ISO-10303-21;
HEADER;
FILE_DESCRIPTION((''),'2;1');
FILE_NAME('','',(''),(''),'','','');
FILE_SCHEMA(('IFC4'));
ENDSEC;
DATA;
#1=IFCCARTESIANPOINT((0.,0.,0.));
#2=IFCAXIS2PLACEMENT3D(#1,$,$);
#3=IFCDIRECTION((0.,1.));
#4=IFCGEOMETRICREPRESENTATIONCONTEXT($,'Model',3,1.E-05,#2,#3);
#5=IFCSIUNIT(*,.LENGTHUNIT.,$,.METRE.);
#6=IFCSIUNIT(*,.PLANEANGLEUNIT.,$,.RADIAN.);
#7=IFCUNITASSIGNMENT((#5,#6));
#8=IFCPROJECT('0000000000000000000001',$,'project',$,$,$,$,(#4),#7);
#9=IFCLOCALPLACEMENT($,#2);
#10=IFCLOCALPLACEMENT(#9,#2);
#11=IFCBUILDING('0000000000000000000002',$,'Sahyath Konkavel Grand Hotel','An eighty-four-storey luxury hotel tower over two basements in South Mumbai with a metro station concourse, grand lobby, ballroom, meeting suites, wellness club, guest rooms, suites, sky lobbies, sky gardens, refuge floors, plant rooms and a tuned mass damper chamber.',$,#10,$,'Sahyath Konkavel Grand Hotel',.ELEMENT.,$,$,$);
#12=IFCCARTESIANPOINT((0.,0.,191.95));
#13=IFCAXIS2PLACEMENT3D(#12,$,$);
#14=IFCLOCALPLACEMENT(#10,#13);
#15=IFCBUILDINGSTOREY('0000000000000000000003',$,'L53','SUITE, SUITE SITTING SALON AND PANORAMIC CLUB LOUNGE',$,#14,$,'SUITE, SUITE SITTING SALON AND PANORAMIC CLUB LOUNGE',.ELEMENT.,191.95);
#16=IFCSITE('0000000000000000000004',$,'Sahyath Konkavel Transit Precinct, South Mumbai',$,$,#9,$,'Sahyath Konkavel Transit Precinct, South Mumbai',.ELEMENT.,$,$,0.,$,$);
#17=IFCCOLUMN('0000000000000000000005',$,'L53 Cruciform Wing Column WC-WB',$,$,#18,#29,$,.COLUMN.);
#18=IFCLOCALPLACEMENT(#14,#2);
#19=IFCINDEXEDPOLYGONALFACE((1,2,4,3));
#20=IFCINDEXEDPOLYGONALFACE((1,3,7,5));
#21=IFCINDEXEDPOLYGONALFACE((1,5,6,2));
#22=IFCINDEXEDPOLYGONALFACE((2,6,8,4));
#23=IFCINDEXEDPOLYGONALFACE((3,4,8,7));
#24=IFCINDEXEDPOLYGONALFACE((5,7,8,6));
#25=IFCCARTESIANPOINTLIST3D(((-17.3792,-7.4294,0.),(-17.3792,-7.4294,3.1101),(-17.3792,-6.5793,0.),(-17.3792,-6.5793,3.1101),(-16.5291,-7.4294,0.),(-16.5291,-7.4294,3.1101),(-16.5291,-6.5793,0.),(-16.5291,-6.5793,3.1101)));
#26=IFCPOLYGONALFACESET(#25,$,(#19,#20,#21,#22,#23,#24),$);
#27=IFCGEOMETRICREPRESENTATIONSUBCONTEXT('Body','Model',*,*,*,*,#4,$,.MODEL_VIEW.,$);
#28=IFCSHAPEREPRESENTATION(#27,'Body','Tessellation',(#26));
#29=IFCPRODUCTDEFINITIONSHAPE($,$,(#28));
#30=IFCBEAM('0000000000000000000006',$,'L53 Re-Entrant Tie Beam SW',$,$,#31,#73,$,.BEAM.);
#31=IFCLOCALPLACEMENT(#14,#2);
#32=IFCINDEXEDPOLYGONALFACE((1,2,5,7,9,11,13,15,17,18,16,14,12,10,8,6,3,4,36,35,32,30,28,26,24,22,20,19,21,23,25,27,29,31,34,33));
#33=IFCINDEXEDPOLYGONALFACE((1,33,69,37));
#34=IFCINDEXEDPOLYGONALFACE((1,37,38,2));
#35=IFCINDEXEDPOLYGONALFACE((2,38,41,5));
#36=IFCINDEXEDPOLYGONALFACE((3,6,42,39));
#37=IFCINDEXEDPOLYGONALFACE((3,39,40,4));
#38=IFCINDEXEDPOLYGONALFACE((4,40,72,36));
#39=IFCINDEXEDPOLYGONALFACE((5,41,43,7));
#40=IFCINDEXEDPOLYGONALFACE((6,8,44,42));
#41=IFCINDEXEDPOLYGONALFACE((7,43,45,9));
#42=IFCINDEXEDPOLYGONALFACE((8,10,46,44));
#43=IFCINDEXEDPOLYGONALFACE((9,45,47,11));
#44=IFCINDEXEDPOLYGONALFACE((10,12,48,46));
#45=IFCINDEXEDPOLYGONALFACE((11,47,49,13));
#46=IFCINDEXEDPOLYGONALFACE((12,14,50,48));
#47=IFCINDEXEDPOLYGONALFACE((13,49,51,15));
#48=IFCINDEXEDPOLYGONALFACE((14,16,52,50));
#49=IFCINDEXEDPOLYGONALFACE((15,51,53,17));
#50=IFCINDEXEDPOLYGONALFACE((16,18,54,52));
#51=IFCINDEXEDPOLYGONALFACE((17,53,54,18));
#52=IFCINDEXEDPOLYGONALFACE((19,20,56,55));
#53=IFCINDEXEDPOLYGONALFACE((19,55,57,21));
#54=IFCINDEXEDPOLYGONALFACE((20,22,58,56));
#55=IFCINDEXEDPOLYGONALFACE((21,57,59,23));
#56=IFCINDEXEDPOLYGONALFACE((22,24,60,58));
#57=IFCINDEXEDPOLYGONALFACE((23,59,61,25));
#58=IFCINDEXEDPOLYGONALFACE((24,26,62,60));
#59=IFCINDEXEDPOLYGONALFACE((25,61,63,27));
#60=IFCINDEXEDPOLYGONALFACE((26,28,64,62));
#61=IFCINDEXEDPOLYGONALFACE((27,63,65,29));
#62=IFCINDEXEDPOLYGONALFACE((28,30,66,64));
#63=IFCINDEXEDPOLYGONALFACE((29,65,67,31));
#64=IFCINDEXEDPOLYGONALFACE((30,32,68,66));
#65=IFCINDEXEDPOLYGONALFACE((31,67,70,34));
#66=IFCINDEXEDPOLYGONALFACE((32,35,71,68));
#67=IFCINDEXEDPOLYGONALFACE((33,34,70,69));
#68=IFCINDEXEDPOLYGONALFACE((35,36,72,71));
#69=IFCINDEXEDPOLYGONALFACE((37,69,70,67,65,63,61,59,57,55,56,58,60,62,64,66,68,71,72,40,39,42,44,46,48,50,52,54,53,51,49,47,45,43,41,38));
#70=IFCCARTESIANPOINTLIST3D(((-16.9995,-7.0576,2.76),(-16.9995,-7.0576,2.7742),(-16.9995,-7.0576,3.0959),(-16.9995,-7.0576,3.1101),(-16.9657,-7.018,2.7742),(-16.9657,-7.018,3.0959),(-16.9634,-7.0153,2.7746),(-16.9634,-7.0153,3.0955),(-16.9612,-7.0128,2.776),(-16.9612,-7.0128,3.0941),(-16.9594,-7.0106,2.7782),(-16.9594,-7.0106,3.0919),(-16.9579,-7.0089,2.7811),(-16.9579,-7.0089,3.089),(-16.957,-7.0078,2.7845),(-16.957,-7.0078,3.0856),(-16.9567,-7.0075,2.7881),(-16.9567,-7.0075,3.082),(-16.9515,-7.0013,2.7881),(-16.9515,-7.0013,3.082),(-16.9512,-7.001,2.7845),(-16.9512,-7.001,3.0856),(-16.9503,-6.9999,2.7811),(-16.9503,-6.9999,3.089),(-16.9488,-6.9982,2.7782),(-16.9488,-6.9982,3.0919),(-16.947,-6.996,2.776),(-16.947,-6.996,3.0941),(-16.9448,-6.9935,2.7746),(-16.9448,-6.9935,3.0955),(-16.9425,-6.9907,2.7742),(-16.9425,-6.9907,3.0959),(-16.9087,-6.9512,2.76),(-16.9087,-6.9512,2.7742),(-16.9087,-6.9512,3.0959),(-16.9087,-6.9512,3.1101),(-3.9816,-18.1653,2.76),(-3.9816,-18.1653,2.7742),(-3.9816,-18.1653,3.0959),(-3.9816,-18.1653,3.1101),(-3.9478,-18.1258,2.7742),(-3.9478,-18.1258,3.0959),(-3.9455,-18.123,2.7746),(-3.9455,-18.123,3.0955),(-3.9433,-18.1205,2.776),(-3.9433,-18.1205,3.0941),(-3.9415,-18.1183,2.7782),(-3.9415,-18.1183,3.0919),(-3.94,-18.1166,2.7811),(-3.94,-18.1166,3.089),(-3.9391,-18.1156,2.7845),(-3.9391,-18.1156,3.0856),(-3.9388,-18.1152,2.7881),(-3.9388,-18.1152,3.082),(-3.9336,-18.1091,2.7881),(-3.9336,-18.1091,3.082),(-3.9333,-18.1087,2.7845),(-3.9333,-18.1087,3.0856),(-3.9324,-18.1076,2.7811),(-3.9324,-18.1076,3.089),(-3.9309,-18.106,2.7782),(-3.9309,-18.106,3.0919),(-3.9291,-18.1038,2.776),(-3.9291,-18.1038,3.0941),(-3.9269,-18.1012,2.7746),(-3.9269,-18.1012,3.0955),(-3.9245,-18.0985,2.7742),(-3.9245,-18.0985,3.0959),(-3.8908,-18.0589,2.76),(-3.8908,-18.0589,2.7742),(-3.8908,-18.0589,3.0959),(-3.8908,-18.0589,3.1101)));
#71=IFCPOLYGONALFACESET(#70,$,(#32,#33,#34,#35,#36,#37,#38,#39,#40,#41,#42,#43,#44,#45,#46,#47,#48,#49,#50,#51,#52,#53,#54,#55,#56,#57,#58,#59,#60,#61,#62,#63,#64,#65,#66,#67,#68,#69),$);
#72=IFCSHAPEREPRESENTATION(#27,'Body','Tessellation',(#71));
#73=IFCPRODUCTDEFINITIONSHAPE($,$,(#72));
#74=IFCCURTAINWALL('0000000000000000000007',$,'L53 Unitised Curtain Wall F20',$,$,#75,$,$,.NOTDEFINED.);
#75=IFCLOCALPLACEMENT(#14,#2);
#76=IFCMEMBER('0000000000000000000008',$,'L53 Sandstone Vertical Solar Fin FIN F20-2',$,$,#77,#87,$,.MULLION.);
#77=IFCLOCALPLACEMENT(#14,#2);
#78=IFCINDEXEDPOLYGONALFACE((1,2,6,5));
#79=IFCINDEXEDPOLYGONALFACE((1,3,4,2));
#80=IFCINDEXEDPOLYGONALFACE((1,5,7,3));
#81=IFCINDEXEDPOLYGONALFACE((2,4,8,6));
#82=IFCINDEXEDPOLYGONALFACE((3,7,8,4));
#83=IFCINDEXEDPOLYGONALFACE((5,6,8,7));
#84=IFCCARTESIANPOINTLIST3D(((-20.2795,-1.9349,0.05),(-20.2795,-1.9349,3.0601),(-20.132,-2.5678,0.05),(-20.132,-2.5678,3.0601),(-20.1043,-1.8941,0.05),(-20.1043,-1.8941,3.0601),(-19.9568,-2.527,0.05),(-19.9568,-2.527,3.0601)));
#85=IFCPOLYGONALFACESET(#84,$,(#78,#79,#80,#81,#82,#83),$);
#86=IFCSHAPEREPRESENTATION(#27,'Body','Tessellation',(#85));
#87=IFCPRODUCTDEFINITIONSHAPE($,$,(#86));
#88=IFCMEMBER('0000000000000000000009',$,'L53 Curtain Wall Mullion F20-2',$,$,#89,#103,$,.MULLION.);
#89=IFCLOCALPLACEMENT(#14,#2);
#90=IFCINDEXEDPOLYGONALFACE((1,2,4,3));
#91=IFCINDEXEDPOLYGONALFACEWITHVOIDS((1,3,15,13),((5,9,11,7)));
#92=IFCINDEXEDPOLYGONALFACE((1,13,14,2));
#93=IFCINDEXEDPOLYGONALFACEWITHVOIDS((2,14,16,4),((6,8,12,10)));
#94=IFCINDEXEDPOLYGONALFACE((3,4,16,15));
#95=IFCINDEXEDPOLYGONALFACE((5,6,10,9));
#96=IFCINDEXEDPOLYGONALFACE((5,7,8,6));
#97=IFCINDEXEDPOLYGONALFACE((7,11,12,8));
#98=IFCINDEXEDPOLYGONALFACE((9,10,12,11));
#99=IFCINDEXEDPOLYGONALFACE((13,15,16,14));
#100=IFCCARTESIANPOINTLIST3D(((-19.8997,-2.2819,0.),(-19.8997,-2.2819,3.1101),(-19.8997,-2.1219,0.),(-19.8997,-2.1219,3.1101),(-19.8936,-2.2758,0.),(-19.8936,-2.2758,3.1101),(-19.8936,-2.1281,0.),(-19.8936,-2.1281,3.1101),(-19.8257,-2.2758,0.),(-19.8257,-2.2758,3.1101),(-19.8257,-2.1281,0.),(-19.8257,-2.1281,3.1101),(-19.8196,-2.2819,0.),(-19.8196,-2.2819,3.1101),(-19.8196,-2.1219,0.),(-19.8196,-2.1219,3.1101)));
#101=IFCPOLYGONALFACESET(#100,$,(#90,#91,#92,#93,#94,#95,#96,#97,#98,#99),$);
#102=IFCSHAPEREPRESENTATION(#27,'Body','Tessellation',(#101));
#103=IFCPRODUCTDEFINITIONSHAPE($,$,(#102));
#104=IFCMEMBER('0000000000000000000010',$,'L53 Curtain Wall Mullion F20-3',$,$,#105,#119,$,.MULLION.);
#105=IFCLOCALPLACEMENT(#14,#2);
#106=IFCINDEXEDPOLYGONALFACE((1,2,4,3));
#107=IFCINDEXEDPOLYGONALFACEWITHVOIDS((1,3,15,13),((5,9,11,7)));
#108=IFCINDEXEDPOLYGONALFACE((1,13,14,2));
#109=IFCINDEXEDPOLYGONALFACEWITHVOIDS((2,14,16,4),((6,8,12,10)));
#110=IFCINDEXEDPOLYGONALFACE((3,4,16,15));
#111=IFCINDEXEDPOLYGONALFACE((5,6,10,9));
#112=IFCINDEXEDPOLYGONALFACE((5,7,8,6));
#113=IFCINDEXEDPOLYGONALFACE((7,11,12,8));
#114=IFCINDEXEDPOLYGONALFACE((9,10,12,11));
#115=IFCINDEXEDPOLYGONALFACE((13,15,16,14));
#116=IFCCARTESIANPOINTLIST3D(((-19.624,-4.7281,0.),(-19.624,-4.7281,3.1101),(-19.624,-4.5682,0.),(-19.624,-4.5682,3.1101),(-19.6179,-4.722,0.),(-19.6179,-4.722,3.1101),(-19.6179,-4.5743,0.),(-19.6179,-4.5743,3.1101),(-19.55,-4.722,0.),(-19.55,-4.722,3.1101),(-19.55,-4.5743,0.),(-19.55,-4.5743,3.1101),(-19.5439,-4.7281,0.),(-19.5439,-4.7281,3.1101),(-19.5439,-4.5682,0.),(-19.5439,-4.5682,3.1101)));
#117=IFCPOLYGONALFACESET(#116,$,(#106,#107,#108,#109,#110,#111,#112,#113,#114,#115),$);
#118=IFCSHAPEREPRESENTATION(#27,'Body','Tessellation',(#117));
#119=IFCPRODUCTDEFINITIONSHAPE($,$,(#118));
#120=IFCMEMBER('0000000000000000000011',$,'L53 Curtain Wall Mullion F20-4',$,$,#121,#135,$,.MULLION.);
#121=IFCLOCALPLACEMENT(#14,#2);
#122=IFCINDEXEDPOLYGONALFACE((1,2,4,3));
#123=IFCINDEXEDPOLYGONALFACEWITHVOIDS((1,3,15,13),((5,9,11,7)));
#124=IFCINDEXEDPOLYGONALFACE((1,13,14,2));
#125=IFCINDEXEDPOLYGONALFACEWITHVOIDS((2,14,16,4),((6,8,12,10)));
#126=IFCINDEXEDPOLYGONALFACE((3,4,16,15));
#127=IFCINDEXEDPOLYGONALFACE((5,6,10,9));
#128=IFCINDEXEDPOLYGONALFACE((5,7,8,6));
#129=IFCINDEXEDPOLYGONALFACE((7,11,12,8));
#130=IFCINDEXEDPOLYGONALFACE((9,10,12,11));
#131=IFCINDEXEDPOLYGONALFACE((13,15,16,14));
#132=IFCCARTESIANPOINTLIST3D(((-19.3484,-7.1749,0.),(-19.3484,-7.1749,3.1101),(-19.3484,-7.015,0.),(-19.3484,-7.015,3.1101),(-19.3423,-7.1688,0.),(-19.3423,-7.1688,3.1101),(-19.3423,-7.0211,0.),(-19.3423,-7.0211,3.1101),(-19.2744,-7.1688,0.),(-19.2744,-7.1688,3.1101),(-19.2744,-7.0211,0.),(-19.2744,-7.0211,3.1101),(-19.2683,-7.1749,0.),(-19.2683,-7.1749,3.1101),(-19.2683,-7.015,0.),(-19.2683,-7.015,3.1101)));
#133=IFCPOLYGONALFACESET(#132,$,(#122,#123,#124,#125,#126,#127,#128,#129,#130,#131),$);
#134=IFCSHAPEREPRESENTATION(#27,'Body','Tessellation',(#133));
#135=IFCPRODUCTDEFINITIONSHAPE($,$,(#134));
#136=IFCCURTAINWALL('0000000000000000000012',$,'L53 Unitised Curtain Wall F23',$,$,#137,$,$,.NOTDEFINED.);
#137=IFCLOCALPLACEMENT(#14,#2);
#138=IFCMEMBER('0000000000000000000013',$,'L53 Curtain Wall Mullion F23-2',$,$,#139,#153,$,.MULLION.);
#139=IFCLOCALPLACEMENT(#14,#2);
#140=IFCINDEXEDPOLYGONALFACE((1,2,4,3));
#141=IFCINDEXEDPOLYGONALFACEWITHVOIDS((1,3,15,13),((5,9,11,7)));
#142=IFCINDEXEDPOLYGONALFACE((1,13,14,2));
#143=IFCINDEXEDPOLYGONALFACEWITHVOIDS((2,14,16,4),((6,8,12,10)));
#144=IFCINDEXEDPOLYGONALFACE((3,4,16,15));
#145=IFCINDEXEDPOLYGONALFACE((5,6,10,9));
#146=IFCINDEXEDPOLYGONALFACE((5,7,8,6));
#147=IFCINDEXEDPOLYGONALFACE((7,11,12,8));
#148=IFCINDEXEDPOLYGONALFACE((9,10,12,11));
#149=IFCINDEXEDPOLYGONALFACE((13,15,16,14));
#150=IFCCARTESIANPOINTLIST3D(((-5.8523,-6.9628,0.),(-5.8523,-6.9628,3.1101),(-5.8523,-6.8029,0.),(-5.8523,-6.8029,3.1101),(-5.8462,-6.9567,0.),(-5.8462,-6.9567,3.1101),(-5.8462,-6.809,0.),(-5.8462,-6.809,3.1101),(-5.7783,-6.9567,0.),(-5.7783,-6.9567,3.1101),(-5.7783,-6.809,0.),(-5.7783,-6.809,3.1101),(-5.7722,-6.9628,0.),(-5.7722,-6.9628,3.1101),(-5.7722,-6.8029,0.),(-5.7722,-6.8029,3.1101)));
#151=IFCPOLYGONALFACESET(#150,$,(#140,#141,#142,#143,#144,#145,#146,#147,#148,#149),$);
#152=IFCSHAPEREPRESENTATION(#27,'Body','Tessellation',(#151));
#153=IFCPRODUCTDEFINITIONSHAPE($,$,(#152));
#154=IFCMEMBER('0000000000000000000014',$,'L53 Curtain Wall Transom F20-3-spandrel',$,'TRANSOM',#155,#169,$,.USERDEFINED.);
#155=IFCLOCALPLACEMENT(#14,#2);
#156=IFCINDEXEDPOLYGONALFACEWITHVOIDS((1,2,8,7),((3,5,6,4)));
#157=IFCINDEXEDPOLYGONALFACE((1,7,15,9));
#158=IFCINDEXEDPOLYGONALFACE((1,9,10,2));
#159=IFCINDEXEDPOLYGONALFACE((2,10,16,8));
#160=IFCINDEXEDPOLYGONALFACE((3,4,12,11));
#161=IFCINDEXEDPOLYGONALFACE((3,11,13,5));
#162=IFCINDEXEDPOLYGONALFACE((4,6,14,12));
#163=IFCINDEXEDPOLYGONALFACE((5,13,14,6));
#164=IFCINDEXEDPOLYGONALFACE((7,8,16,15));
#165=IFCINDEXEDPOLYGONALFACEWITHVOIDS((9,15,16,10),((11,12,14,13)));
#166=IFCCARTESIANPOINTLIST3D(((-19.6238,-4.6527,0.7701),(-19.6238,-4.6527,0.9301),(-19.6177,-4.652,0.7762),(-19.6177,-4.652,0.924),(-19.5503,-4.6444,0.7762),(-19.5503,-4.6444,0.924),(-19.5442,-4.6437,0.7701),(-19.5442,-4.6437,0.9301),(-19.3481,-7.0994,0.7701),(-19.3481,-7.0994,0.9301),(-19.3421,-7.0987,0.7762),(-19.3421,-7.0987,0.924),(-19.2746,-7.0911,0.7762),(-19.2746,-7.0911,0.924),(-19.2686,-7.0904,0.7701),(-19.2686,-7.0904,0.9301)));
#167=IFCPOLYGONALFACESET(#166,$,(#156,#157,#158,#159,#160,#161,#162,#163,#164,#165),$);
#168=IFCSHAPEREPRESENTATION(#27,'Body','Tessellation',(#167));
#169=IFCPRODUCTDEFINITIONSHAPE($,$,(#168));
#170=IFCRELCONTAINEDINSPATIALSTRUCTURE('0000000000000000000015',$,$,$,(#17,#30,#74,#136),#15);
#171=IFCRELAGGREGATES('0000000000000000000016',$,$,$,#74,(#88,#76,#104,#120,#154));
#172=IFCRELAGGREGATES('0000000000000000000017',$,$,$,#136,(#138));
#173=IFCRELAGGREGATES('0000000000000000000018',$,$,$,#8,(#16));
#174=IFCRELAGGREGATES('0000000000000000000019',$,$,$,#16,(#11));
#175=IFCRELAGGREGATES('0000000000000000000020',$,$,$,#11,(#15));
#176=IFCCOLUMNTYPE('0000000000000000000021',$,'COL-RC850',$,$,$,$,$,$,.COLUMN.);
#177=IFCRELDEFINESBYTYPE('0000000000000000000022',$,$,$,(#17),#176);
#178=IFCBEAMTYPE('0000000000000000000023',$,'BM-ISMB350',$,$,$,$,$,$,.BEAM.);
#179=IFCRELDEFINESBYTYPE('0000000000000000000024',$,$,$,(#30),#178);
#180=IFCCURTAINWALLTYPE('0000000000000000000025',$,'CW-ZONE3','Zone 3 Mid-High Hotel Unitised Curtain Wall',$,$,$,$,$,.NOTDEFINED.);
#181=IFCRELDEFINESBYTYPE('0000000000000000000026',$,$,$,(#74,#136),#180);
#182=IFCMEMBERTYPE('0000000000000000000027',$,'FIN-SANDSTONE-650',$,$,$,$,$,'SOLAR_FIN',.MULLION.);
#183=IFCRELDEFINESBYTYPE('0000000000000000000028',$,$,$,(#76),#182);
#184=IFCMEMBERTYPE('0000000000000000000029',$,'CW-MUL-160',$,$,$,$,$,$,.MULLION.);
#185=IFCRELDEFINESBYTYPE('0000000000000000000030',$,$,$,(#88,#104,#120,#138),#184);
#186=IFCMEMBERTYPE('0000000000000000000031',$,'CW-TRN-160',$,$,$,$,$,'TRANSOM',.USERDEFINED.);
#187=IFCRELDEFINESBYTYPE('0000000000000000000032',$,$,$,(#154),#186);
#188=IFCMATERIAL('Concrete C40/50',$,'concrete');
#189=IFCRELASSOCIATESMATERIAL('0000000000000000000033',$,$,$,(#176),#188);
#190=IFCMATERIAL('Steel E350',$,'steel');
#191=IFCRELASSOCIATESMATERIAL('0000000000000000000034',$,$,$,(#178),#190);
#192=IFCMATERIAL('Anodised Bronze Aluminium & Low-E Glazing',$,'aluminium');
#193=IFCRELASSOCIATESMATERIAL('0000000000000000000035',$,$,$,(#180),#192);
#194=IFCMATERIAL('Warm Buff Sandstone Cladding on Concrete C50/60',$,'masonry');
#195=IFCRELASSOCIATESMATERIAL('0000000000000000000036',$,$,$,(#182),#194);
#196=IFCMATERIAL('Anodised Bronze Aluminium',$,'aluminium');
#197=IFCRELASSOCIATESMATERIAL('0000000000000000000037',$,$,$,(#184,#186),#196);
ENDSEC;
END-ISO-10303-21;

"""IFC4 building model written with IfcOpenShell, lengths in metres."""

from ifc_helpers import new_model, si_unit, direction, frame, origin, origin_2d, place, context, subcontext, project, spatial, rectangle, hollow_rectangle, i_section, extrude, source, transform, mapped, material, material_profile, profile_set, type_object, element, aggregate, save


model = new_model("IFC4")

# Units and contexts
model_context = context("Model", 3, precision=1e-05, world=origin(), true_north=direction((0.0, 1.0)))
body_context = subcontext(model_context, "Body", "Model", "MODEL_VIEW")
ifc_project = project(units=[si_unit("LENGTHUNIT", "METRE"), si_unit("PLANEANGLEUNIT", "RADIAN")], contexts=[model_context])

# Site, building, storey
site_placement = place(None, origin())
site = spatial("IfcSite", under=ifc_project, at=site_placement, Name="Sahyath Konkavel Transit Precinct, South Mumbai", LongName="Sahyath Konkavel Transit Precinct, South Mumbai", CompositionType="ELEMENT", RefElevation=0.0)
building_placement = place(site_placement, origin())
building = spatial("IfcBuilding", under=site, at=building_placement, Name="Sahyath Konkavel Grand Hotel", Description="An eighty-four-storey luxury hotel tower over two basements in South Mumbai with a metro station concourse, grand lobby, ballroom, meeting suites, wellness club, guest rooms, suites, sky lobbies, sky gardens, refuge floors, plant rooms and a tuned mass damper chamber.", LongName="Sahyath Konkavel Grand Hotel", CompositionType="ELEMENT")
storey_placement = place(building_placement, frame((0.0, 0.0, 191.95)))
storey = spatial("IfcBuildingStorey", under=building, at=storey_placement, Name="L53", Description="SUITE, SUITE SITTING SALON AND PANORAMIC CLUB LOUNGE", LongName="SUITE, SUITE SITTING SALON AND PANORAMIC CLUB LOUNGE", CompositionType="ELEMENT", Elevation=191.95)

# Column
ifc_material_1 = material(Name="Concrete C40/50", Category="concrete")
ifc_material_profile_1 = material_profile(ifc_material_1, rectangle(XDim=0.8501, YDim=0.8501, at=origin_2d()), Name="RC 850x850")
ifc_profile_set_1 = profile_set([ifc_material_profile_1], Name="Concrete C40/50")
column_type = type_object("IfcColumnType", Name="COL-RC850", PredefinedType="COLUMN", material=ifc_profile_set_1)
shared_shape_1 = source(origin(), body_context, "Body", "SweptSolid", [
    extrude(rectangle(XDim=0.8501, YDim=0.8501, at=origin_2d()), origin(), (0.0, 0.0, 1.0), 3.1101),
])
column_placement = place(storey_placement, frame((-16.9541, -7.0044, 0.0), z_axis=(0.0, 0.0, 1.0), x_axis=(1.0, 0.0, 0.0)))
element("IfcColumn", 1, at=column_placement, inside=storey, type_object=column_type, Name="L53 Cruciform Wing Column WC-WB", PredefinedType="COLUMN", context=body_context, shape_type="MappedRepresentation", body=[
    mapped(shared_shape_1, transform((0.0, 0.0, 0.0), scale=1.0)),
])

# Beam
ifc_material_2 = material(Name="Steel E350", Category="steel")
ifc_material_profile_2 = material_profile(ifc_material_2, i_section(OverallWidth=0.1399, OverallDepth=0.3501, WebThickness=0.0081, FlangeThickness=0.0142, FilletRadius=0.0139, at=origin_2d()), Name="ISMB 350")
ifc_profile_set_2 = profile_set([ifc_material_profile_2], Name="Steel E350")
beam_type_1 = type_object("IfcBeamType", Name="BM-ISMB350", PredefinedType="BEAM", material=ifc_profile_set_2)
shared_shape_2 = source(origin(), body_context, "Body", "SweptSolid", [
    extrude(i_section(OverallWidth=0.1399, OverallDepth=0.3501, WebThickness=0.0081, FlangeThickness=0.0142, FilletRadius=0.0139, at=origin_2d()), origin(), (0.0, 0.0, 1.0), 17.1128),
])
beam_1_placement = place(storey_placement, frame((-16.9541, -7.0044, 2.9351), z_axis=(0.760712, -0.64909, 0.0), x_axis=(0.64909, 0.760712, 0.0)))
element("IfcBeam", 2, at=beam_1_placement, inside=storey, type_object=beam_type_1, Name="L53 Re-Entrant Tie Beam SW", PredefinedType="BEAM", context=body_context, shape_type="MappedRepresentation", body=[
    mapped(shared_shape_2, transform((0.0, 0.0, 0.0), scale=1.0)),
])

# Curtain wall, members
ifc_material_3 = material(Name="Anodised Bronze Aluminium & Low-E Glazing", Category="aluminium")
curtain_wall_type = type_object("IfcCurtainWallType", Name="CW-ZONE3", Description="Zone 3 Mid-High Hotel Unitised Curtain Wall", PredefinedType="NOTDEFINED", material=ifc_material_3)
curtain_wall_1_placement = place(storey_placement, origin())
curtain_wall_1 = element("IfcCurtainWall", 3, at=curtain_wall_1_placement, inside=storey, type_object=curtain_wall_type, Name="L53 Unitised Curtain Wall F20", PredefinedType="NOTDEFINED")
ifc_material_4 = material(Name="Warm Buff Sandstone Cladding on Concrete C50/60", Category="masonry")
ifc_material_profile_3 = material_profile(ifc_material_4, rectangle(XDim=0.1799, YDim=0.6499, at=origin_2d()), Name="FIN 180x650")
ifc_profile_set_3 = profile_set([ifc_material_profile_3], Name="Warm Buff Sandstone Cladding on Concrete C50/60")
member_type_1 = type_object("IfcMemberType", Name="FIN-SANDSTONE-650", ElementType="SOLAR_FIN", PredefinedType="MULLION", material=ifc_profile_set_3)
shared_shape_3 = source(origin(), body_context, "Body", "SweptSolid", [
    extrude(rectangle(XDim=0.1799, YDim=0.6499, at=origin_2d()), origin(), (0.0, 0.0, 1.0), 3.01),
])
member_1_placement = place(storey_placement, frame((-20.1182, -2.231, 0.05), z_axis=(0.0, 0.0, 1.0), x_axis=(0.973897, 0.226991, 0.0)))
member_1 = element("IfcMember", 4, at=member_1_placement, type_object=member_type_1, Name="L53 Sandstone Vertical Solar Fin FIN F20-2", PredefinedType="MULLION", context=body_context, shape_type="MappedRepresentation", body=[
    mapped(shared_shape_3, transform((0.0, 0.0, 0.0), scale=1.0)),
])
ifc_material_5 = material(Name="Anodised Bronze Aluminium", Category="aluminium")
ifc_material_profile_4 = material_profile(ifc_material_5, hollow_rectangle(XDim=0.0801, YDim=0.1599, WallThickness=0.0061, at=origin_2d()), Name="RHS 160x80x6")
ifc_profile_set_4 = profile_set([ifc_material_profile_4], Name="Anodised Bronze Aluminium")
member_type_2 = type_object("IfcMemberType", Name="CW-MUL-160", PredefinedType="MULLION", material=ifc_profile_set_4)
shared_shape_4 = source(origin(), body_context, "Body", "SweptSolid", [
    extrude(hollow_rectangle(XDim=0.0801, YDim=0.1599, WallThickness=0.0061, at=origin_2d()), origin(), (0.0, 0.0, 1.0), 3.1101),
])
member_2_placement = place(storey_placement, frame((-19.8596, -2.2019, 0.0), z_axis=(0.0, 0.0, 1.0), x_axis=(1.0, 0.0, 0.0)))
member_2 = element("IfcMember", 5, at=member_2_placement, type_object=member_type_2, Name="L53 Curtain Wall Mullion F20-2", PredefinedType="MULLION", context=body_context, shape_type="MappedRepresentation", body=[
    mapped(shared_shape_4, transform((0.0, 0.0, 0.0), scale=1.0)),
])
member_3_placement = place(storey_placement, frame((-19.584, -4.6482, 0.0), z_axis=(0.0, 0.0, 1.0), x_axis=(1.0, 0.0, 0.0)))
member_3 = element("IfcMember", 6, at=member_3_placement, type_object=member_type_2, Name="L53 Curtain Wall Mullion F20-3", PredefinedType="MULLION", context=body_context, shape_type="MappedRepresentation", body=[
    mapped(shared_shape_4, transform((0.0, 0.0, 0.0), scale=1.0)),
])
member_4_placement = place(storey_placement, frame((-19.3083, -7.095, 0.0), z_axis=(0.0, 0.0, 1.0), x_axis=(1.0, 0.0, 0.0)))
member_4 = element("IfcMember", 7, at=member_4_placement, type_object=member_type_2, Name="L53 Curtain Wall Mullion F20-4", PredefinedType="MULLION", context=body_context, shape_type="MappedRepresentation", body=[
    mapped(shared_shape_4, transform((0.0, 0.0, 0.0), scale=1.0)),
])

# Curtain wall, member
curtain_wall_2_placement = place(storey_placement, origin())
curtain_wall_2 = element("IfcCurtainWall", 8, at=curtain_wall_2_placement, inside=storey, type_object=curtain_wall_type, Name="L53 Unitised Curtain Wall F23", PredefinedType="NOTDEFINED")
member_5_placement = place(storey_placement, frame((-5.8123, -6.8828, 0.0), z_axis=(0.0, 0.0, 1.0), x_axis=(1.0, 0.0, 0.0)))
member_5 = element("IfcMember", 9, at=member_5_placement, type_object=member_type_2, Name="L53 Curtain Wall Mullion F23-2", PredefinedType="MULLION", context=body_context, shape_type="MappedRepresentation", body=[
    mapped(shared_shape_4, transform((0.0, 0.0, 0.0), scale=1.0)),
])

# Member
ifc_material_profile_5 = material_profile(ifc_material_5, hollow_rectangle(XDim=0.0801, YDim=0.1599, WallThickness=0.0061, at=origin_2d()), Name="RHS 160x80x6")
ifc_profile_set_5 = profile_set([ifc_material_profile_5], Name="Anodised Bronze Aluminium")
member_type_3 = type_object("IfcMemberType", Name="CW-TRN-160", ElementType="TRANSOM", PredefinedType="USERDEFINED", material=ifc_profile_set_5)
shared_shape_5 = source(origin(), body_context, "Body", "SweptSolid", [
    extrude(hollow_rectangle(XDim=0.0801, YDim=0.1599, WallThickness=0.0061, at=origin_2d()), origin(), (0.0, 0.0, 1.0), 2.4622),
])
member_6_placement = place(storey_placement, frame((-19.584, -4.6482, 0.8501), z_axis=(0.111944, -0.993715, 0.0), x_axis=(0.993715, 0.111944, 0.0)))
member_6 = element("IfcMember", 10, at=member_6_placement, type_object=member_type_3, Name="L53 Curtain Wall Transom F20-3-spandrel", ObjectType="TRANSOM", PredefinedType="USERDEFINED", context=body_context, shape_type="MappedRepresentation", body=[
    mapped(shared_shape_5, transform((0.0, 0.0, 0.0), scale=1.0)),
])

aggregate(curtain_wall_1, [member_2, member_1, member_3, member_4, member_6])
aggregate(curtain_wall_2, [member_5])

save(model, "model.ifc")
